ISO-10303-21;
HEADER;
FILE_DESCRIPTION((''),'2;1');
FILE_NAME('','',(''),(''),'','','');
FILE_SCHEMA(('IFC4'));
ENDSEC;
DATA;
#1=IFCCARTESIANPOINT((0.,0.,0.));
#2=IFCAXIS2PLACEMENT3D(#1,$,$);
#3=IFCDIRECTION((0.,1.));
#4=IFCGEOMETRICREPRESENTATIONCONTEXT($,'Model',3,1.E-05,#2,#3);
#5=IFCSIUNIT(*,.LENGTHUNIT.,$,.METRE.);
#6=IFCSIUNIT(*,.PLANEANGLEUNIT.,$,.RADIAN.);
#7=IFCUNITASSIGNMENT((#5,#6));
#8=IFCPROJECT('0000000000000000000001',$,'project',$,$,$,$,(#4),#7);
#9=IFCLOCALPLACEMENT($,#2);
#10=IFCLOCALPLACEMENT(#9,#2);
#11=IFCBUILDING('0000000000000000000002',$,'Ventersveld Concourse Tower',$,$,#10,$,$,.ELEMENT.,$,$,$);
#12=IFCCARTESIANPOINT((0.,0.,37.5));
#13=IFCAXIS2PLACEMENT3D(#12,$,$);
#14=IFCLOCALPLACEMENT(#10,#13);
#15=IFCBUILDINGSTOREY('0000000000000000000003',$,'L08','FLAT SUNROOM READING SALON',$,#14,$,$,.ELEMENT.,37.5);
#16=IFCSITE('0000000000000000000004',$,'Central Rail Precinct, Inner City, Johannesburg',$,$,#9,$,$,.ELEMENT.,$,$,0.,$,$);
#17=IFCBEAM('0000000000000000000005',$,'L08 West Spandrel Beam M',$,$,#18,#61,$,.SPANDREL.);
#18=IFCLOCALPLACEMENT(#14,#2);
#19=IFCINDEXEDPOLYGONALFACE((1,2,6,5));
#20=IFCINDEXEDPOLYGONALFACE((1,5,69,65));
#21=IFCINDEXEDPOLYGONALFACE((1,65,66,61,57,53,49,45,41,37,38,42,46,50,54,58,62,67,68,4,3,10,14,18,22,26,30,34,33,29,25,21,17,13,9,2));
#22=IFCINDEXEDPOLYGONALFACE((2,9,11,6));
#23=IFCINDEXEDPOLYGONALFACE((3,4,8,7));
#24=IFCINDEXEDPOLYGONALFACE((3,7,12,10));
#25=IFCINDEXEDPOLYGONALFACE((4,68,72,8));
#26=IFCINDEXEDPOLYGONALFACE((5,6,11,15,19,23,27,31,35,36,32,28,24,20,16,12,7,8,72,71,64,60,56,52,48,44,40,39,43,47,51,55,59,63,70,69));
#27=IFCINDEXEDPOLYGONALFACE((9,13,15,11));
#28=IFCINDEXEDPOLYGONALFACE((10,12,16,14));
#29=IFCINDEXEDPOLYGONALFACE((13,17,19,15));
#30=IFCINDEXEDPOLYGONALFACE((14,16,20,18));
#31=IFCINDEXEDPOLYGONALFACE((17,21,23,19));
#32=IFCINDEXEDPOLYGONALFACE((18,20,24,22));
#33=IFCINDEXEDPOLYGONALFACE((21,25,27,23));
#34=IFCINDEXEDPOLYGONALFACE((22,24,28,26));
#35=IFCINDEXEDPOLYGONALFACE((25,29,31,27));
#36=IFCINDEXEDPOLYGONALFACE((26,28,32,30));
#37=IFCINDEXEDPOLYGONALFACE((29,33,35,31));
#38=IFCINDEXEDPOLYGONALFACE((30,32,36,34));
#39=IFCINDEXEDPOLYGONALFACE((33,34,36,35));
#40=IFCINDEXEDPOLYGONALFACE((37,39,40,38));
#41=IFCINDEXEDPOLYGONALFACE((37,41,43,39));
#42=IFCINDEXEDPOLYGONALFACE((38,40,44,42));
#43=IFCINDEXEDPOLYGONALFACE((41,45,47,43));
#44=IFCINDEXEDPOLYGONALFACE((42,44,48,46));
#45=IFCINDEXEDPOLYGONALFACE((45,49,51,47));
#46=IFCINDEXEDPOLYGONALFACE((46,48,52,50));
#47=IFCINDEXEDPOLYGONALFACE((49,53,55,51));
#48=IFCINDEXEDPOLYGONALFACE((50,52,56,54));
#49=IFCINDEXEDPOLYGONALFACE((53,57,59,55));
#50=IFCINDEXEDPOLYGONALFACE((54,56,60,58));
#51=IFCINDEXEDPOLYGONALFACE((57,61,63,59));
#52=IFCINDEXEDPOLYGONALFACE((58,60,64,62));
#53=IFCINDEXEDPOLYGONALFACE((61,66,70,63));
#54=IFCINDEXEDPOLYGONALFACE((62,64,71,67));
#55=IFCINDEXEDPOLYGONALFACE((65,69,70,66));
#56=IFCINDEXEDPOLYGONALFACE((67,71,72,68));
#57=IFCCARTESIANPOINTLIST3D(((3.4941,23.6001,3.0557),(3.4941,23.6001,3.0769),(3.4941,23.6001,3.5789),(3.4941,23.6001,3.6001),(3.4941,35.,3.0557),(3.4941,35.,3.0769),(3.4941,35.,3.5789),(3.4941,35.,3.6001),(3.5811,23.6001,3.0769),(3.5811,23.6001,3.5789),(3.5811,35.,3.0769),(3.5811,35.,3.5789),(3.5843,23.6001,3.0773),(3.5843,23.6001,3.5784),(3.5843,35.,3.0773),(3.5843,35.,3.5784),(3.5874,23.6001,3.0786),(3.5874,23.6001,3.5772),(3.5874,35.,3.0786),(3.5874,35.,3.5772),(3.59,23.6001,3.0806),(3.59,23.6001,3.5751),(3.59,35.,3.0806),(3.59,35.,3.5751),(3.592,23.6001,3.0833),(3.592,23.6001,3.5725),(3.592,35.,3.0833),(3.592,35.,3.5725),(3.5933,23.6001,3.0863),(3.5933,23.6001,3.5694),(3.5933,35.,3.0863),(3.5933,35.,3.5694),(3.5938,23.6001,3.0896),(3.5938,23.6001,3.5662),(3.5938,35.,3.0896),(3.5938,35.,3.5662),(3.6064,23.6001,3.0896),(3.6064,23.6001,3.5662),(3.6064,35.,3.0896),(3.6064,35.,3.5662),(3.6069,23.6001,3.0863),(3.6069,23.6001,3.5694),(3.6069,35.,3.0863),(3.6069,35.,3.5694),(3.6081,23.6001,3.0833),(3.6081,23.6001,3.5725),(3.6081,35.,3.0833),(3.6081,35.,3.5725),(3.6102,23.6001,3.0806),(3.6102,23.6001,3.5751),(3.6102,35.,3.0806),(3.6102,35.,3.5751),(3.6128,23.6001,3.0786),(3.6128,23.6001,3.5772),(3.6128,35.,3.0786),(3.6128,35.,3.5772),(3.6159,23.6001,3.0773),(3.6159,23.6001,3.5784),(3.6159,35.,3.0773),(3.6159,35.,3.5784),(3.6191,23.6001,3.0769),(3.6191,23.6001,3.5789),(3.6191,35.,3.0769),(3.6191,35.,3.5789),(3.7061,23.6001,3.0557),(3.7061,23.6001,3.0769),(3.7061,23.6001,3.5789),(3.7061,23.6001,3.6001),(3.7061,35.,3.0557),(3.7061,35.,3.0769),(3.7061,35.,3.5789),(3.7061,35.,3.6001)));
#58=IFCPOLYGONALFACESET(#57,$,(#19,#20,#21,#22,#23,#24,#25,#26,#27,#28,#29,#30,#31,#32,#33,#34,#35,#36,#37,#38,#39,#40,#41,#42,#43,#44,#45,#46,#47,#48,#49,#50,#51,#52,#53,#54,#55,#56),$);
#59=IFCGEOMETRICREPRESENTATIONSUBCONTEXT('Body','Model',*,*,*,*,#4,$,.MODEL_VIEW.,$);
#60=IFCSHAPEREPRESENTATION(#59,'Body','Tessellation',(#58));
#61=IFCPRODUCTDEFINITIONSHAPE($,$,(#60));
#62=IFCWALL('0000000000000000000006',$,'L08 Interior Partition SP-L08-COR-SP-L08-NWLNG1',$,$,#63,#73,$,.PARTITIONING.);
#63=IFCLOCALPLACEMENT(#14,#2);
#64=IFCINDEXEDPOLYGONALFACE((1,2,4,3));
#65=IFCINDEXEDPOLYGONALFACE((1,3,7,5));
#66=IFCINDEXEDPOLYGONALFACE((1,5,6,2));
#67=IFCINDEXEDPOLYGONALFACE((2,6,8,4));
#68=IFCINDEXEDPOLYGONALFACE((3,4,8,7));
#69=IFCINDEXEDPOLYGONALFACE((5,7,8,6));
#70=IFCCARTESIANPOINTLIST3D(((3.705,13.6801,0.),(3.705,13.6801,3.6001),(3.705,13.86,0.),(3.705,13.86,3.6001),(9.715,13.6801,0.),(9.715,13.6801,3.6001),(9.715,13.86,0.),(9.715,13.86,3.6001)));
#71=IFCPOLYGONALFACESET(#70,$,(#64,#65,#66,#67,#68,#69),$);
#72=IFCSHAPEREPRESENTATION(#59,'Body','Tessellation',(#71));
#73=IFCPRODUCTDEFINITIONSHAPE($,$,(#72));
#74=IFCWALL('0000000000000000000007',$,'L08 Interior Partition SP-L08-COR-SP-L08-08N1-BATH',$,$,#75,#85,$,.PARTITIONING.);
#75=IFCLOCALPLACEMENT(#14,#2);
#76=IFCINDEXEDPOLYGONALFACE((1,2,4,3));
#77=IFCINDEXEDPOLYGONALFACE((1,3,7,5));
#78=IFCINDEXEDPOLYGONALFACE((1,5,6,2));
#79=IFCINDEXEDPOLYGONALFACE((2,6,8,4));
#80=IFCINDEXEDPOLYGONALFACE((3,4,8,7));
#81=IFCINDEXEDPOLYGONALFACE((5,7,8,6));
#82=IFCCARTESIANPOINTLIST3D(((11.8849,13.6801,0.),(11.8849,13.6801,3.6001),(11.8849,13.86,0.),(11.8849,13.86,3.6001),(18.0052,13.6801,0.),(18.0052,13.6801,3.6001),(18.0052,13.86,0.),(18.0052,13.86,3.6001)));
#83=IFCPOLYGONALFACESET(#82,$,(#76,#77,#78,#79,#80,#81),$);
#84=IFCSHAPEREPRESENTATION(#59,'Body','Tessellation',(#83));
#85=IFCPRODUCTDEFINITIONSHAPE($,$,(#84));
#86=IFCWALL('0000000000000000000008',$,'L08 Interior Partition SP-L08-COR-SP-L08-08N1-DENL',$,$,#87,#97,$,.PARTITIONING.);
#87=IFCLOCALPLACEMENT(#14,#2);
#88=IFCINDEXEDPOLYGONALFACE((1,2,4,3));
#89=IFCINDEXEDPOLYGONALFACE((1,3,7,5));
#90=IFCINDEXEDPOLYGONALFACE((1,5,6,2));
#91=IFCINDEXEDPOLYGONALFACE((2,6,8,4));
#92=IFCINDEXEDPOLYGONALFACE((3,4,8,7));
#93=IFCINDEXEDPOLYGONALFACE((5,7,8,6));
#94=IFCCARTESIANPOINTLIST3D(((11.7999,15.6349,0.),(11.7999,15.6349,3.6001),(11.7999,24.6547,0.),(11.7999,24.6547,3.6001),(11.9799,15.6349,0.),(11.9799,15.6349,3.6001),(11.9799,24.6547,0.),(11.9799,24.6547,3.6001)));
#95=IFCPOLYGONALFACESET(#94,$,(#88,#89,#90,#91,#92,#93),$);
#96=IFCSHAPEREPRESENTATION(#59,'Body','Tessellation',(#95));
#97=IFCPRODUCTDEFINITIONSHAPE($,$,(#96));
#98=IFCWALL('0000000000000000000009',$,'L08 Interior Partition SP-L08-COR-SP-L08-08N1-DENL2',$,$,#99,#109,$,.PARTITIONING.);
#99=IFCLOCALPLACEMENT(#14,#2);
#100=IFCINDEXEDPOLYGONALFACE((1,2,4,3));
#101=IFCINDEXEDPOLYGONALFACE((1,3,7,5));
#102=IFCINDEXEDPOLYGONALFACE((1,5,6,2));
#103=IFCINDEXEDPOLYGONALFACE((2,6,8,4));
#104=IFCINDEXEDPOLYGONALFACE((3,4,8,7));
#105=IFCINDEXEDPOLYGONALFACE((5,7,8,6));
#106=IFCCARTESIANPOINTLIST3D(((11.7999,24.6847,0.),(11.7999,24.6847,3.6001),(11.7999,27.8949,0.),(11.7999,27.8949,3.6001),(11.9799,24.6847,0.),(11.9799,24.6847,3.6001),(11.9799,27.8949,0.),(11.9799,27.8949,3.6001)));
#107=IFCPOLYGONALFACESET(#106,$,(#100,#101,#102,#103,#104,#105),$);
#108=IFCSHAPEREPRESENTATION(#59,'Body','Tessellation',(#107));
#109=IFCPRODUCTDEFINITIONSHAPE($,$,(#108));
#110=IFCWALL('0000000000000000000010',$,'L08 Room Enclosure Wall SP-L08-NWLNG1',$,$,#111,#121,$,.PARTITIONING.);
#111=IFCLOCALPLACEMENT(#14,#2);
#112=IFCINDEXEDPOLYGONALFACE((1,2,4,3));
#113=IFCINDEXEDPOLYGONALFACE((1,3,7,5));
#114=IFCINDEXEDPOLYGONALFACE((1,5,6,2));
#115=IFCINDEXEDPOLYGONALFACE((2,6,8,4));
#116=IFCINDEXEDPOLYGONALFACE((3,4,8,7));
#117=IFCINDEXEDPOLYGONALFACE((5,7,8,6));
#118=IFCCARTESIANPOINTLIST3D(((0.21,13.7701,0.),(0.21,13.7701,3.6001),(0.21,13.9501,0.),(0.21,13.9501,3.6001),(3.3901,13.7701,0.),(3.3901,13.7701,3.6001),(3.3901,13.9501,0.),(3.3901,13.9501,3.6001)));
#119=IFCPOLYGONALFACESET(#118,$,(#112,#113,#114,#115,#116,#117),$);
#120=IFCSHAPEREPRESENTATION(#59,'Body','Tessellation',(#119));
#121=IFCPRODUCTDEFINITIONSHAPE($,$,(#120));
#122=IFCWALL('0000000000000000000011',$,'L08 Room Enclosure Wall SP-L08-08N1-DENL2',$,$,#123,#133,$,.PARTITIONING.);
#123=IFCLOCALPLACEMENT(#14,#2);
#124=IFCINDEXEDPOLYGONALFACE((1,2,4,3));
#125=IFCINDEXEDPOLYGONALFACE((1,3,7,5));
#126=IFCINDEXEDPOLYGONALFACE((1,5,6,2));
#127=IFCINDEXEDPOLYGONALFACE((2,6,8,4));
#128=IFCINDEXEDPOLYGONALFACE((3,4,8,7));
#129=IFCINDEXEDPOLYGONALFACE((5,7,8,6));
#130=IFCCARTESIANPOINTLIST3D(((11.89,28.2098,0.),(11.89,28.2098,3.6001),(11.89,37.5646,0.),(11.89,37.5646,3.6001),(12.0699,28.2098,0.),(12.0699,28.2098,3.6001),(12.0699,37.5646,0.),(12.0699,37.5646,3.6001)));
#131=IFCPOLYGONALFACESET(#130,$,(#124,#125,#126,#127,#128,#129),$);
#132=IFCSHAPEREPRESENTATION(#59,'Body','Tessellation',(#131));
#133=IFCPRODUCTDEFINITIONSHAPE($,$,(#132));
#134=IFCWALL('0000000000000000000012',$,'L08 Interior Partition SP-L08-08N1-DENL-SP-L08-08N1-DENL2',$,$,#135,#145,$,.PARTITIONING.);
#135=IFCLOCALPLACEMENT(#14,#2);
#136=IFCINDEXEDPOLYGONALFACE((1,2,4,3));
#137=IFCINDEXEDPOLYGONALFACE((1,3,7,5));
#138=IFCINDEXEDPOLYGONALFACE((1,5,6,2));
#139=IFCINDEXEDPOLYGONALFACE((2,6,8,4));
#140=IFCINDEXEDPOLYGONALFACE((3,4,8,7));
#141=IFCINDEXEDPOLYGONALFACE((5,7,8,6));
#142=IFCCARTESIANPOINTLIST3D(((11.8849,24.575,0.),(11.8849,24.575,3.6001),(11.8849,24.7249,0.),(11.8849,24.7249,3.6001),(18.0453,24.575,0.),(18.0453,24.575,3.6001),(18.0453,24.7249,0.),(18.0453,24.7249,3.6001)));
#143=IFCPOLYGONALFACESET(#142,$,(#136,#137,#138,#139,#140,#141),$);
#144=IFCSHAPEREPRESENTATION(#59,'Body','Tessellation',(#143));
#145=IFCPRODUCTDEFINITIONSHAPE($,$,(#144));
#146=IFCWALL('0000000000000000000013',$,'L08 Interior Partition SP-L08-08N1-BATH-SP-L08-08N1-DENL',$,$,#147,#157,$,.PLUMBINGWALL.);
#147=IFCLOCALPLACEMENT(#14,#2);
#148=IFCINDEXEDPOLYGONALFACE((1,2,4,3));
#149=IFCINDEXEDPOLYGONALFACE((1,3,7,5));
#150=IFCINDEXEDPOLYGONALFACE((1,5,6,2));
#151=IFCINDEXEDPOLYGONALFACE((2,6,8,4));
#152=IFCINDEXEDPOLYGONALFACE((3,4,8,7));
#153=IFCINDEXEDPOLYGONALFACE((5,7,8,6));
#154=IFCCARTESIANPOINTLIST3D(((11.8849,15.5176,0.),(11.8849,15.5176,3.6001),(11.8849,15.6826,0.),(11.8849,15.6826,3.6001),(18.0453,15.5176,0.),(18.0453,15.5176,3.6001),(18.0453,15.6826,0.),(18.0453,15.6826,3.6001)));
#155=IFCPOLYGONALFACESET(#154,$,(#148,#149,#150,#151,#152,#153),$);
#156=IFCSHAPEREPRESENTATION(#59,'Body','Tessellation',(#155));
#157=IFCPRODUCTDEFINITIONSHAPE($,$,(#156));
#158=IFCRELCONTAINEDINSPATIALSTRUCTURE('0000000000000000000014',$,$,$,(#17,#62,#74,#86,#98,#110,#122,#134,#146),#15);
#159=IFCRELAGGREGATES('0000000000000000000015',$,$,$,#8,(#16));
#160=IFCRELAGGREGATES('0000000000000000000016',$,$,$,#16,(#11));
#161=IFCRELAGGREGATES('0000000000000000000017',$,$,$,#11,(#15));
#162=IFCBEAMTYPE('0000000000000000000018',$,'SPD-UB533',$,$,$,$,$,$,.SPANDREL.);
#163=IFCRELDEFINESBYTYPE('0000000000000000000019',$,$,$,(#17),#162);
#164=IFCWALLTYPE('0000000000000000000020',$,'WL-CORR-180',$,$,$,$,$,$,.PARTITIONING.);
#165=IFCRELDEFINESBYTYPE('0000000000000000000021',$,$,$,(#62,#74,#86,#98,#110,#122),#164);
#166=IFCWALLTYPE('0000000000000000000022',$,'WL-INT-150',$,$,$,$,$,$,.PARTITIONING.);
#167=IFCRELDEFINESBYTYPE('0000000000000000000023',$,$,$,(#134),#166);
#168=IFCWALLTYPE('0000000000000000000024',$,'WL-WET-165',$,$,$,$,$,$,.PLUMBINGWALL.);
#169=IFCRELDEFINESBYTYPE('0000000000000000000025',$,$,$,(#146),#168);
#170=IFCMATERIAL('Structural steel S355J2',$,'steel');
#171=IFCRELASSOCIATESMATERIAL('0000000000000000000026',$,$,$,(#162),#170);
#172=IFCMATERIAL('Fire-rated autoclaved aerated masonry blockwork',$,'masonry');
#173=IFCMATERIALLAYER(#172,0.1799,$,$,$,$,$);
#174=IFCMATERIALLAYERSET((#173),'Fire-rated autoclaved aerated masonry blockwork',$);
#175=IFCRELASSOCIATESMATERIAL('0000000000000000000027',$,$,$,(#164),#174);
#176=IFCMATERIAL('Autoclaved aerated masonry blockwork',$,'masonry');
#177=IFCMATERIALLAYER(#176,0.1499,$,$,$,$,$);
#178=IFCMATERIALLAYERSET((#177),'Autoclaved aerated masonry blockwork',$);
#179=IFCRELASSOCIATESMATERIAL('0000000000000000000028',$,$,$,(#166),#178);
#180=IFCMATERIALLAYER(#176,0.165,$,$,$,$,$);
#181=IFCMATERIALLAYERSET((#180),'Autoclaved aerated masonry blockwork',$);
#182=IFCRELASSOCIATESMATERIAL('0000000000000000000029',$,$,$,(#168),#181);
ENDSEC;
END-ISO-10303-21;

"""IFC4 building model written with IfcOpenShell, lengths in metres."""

from ifc_helpers import new_model, si_unit, direction, frame, frame_2d, origin, origin_2d, place, context, subcontext, project, spatial, rectangle, i_section, extrude, material, layer, layer_set, material_profile, profile_set, type_object, element, save


model = new_model("IFC4")

# Units and contexts
model_context = context("Model", 3, precision=1e-05, world=origin(), true_north=direction((0.0, 1.0)))
body_context = subcontext(model_context, "Body", "Model", "MODEL_VIEW")
ifc_project = project(units=[si_unit("LENGTHUNIT", "METRE"), si_unit("PLANEANGLEUNIT", "RADIAN")], contexts=[model_context])

# Site, building, storey
site_placement = place(None, origin())
site = spatial("IfcSite", under=ifc_project, at=site_placement, Name="Central Rail Precinct, Inner City, Johannesburg", CompositionType="ELEMENT", RefElevation=0.0)
building_placement = place(site_placement, origin())
building = spatial("IfcBuilding", under=site, at=building_placement, Name="Ventersveld Concourse Tower", CompositionType="ELEMENT")
storey_placement = place(building_placement, frame((0.0, 0.0, 37.5)))
storey = spatial("IfcBuildingStorey", under=building, at=storey_placement, Name="L08", Description="FLAT SUNROOM READING SALON", CompositionType="ELEMENT", Elevation=37.5)

# Beam
ifc_material_1 = material(Name="Structural steel S355J2", Category="steel")
ifc_material_profile_1 = material_profile(ifc_material_1, i_section(OverallWidth=0.2119, OverallDepth=0.5444, WebThickness=0.0127, FlangeThickness=0.0212, FilletRadius=0.0127, at=origin_2d()), Name="UB 533x210x122")
ifc_profile_set_1 = profile_set([ifc_material_profile_1], Name="Structural steel S355J2")
beam_type_1 = type_object("IfcBeamType", Name="SPD-UB533", PredefinedType="SPANDREL", material=ifc_profile_set_1)
beam_1_placement = place(storey_placement, frame((3.6001, 23.6001, 3.3279), z_axis=(0.0, 1.0, 0.0), x_axis=(-1.0, 0.0, 0.0)))
element("IfcBeam", 1, at=beam_1_placement, inside=storey, type_object=beam_type_1, Name="L08 West Spandrel Beam M", PredefinedType="SPANDREL", context=body_context, shape_type="SweptSolid", body=[
    extrude(i_section(OverallWidth=0.2119, OverallDepth=0.5444, WebThickness=0.0127, FlangeThickness=0.0212, FilletRadius=0.0127, at=origin_2d()), origin(), (0.0, 0.0, 1.0), 11.3999),
])

# Walls
ifc_material_2 = material(Name="Fire-rated autoclaved aerated masonry blockwork", Category="masonry")
ifc_layer_1 = layer(ifc_material_2, 0.1799)
ifc_layer_set_1 = layer_set([ifc_layer_1], Name="Fire-rated autoclaved aerated masonry blockwork")
wall_type_1 = type_object("IfcWallType", Name="WL-CORR-180", PredefinedType="PARTITIONING", material=ifc_layer_set_1)
wall_1_placement = place(storey_placement, frame((3.7051, 13.77, 0.0), z_axis=(0.0, 0.0, 1.0), x_axis=(1.0, 0.0, 0.0)))
element("IfcWall", 2, at=wall_1_placement, inside=storey, type_object=wall_type_1, Name="L08 Interior Partition SP-L08-COR-SP-L08-NWLNG1", PredefinedType="PARTITIONING", context=body_context, shape_type="SweptSolid", body=[
    extrude(rectangle(XDim=6.01, YDim=0.1799, at=frame_2d((3.0049, 0.0))), origin(), (0.0, 0.0, 1.0), 3.6001),
])
wall_2_placement = place(storey_placement, frame((11.885, 13.77, 0.0), z_axis=(0.0, 0.0, 1.0), x_axis=(1.0, 0.0, 0.0)))
element("IfcWall", 3, at=wall_2_placement, inside=storey, type_object=wall_type_1, Name="L08 Interior Partition SP-L08-COR-SP-L08-08N1-BATH", PredefinedType="PARTITIONING", context=body_context, shape_type="SweptSolid", body=[
    extrude(rectangle(XDim=6.1204, YDim=0.1799, at=frame_2d((3.0601, 0.0))), origin(), (0.0, 0.0, 1.0), 3.6001),
])
wall_3_placement = place(storey_placement, frame((11.8899, 15.635, 0.0), z_axis=(0.0, 0.0, 1.0), x_axis=(0.0, 1.0, 0.0)))
element("IfcWall", 4, at=wall_3_placement, inside=storey, type_object=wall_type_1, Name="L08 Interior Partition SP-L08-COR-SP-L08-08N1-DENL", PredefinedType="PARTITIONING", context=body_context, shape_type="SweptSolid", body=[
    extrude(rectangle(XDim=9.0198, YDim=0.1799, at=frame_2d((4.5098, 0.0))), origin(), (0.0, 0.0, 1.0), 3.6001),
])
wall_4_placement = place(storey_placement, frame((11.8899, 24.6848, 0.0), z_axis=(0.0, 0.0, 1.0), x_axis=(0.0, 1.0, 0.0)))
element("IfcWall", 5, at=wall_4_placement, inside=storey, type_object=wall_type_1, Name="L08 Interior Partition SP-L08-COR-SP-L08-08N1-DENL2", PredefinedType="PARTITIONING", context=body_context, shape_type="SweptSolid", body=[
    extrude(rectangle(XDim=3.2102, YDim=0.1799, at=frame_2d((1.605, 0.0))), origin(), (0.0, 0.0, 1.0), 3.6001),
])
wall_5_placement = place(storey_placement, frame((3.3901, 13.8601, 0.0), z_axis=(0.0, 0.0, 1.0), x_axis=(-1.0, 0.0, 0.0)))
element("IfcWall", 6, at=wall_5_placement, inside=storey, type_object=wall_type_1, Name="L08 Room Enclosure Wall SP-L08-NWLNG1", PredefinedType="PARTITIONING", context=body_context, shape_type="SweptSolid", body=[
    extrude(rectangle(XDim=3.1802, YDim=0.1799, at=frame_2d((1.5901, 0.0))), origin(), (0.0, 0.0, 1.0), 3.6001),
])
wall_6_placement = place(storey_placement, frame((11.98, 28.21, 0.0), z_axis=(0.0, 0.0, 1.0), x_axis=(0.0, 1.0, 0.0)))
element("IfcWall", 7, at=wall_6_placement, inside=storey, type_object=wall_type_1, Name="L08 Room Enclosure Wall SP-L08-08N1-DENL2", PredefinedType="PARTITIONING", context=body_context, shape_type="SweptSolid", body=[
    extrude(rectangle(XDim=9.3547, YDim=0.1799, at=frame_2d((4.6772, 0.0))), origin(), (0.0, 0.0, 1.0), 3.6001),
])
ifc_material_3 = material(Name="Autoclaved aerated masonry blockwork", Category="masonry")
ifc_layer_2 = layer(ifc_material_3, 0.1499)
ifc_layer_set_2 = layer_set([ifc_layer_2], Name="Autoclaved aerated masonry blockwork")
wall_type_2 = type_object("IfcWallType", Name="WL-INT-150", PredefinedType="PARTITIONING", material=ifc_layer_set_2)
wall_7_placement = place(storey_placement, frame((11.885, 24.6499, 0.0), z_axis=(0.0, 0.0, 1.0), x_axis=(1.0, 0.0, 0.0)))
element("IfcWall", 8, at=wall_7_placement, inside=storey, type_object=wall_type_2, Name="L08 Interior Partition SP-L08-08N1-DENL-SP-L08-08N1-DENL2", PredefinedType="PARTITIONING", context=body_context, shape_type="SweptSolid", body=[
    extrude(rectangle(XDim=6.1604, YDim=0.1499, at=frame_2d((3.0801, 0.0))), origin(), (0.0, 0.0, 1.0), 3.6001),
])
ifc_layer_3 = layer(ifc_material_3, 0.165)
ifc_layer_set_3 = layer_set([ifc_layer_3], Name="Autoclaved aerated masonry blockwork")
wall_type_3 = type_object("IfcWallType", Name="WL-WET-165", PredefinedType="PLUMBINGWALL", material=ifc_layer_set_3)
wall_8_placement = place(storey_placement, frame((11.885, 15.6001, 0.0), z_axis=(0.0, 0.0, 1.0), x_axis=(1.0, 0.0, 0.0)))
element("IfcWall", 9, at=wall_8_placement, inside=storey, type_object=wall_type_3, Name="L08 Interior Partition SP-L08-08N1-BATH-SP-L08-08N1-DENL", PredefinedType="PLUMBINGWALL", context=body_context, shape_type="SweptSolid", body=[
    extrude(rectangle(XDim=6.1604, YDim=0.165, at=frame_2d((3.0801, 0.0))), origin(), (0.0, 0.0, 1.0), 3.6001),
])

save(model, "model.ifc")
